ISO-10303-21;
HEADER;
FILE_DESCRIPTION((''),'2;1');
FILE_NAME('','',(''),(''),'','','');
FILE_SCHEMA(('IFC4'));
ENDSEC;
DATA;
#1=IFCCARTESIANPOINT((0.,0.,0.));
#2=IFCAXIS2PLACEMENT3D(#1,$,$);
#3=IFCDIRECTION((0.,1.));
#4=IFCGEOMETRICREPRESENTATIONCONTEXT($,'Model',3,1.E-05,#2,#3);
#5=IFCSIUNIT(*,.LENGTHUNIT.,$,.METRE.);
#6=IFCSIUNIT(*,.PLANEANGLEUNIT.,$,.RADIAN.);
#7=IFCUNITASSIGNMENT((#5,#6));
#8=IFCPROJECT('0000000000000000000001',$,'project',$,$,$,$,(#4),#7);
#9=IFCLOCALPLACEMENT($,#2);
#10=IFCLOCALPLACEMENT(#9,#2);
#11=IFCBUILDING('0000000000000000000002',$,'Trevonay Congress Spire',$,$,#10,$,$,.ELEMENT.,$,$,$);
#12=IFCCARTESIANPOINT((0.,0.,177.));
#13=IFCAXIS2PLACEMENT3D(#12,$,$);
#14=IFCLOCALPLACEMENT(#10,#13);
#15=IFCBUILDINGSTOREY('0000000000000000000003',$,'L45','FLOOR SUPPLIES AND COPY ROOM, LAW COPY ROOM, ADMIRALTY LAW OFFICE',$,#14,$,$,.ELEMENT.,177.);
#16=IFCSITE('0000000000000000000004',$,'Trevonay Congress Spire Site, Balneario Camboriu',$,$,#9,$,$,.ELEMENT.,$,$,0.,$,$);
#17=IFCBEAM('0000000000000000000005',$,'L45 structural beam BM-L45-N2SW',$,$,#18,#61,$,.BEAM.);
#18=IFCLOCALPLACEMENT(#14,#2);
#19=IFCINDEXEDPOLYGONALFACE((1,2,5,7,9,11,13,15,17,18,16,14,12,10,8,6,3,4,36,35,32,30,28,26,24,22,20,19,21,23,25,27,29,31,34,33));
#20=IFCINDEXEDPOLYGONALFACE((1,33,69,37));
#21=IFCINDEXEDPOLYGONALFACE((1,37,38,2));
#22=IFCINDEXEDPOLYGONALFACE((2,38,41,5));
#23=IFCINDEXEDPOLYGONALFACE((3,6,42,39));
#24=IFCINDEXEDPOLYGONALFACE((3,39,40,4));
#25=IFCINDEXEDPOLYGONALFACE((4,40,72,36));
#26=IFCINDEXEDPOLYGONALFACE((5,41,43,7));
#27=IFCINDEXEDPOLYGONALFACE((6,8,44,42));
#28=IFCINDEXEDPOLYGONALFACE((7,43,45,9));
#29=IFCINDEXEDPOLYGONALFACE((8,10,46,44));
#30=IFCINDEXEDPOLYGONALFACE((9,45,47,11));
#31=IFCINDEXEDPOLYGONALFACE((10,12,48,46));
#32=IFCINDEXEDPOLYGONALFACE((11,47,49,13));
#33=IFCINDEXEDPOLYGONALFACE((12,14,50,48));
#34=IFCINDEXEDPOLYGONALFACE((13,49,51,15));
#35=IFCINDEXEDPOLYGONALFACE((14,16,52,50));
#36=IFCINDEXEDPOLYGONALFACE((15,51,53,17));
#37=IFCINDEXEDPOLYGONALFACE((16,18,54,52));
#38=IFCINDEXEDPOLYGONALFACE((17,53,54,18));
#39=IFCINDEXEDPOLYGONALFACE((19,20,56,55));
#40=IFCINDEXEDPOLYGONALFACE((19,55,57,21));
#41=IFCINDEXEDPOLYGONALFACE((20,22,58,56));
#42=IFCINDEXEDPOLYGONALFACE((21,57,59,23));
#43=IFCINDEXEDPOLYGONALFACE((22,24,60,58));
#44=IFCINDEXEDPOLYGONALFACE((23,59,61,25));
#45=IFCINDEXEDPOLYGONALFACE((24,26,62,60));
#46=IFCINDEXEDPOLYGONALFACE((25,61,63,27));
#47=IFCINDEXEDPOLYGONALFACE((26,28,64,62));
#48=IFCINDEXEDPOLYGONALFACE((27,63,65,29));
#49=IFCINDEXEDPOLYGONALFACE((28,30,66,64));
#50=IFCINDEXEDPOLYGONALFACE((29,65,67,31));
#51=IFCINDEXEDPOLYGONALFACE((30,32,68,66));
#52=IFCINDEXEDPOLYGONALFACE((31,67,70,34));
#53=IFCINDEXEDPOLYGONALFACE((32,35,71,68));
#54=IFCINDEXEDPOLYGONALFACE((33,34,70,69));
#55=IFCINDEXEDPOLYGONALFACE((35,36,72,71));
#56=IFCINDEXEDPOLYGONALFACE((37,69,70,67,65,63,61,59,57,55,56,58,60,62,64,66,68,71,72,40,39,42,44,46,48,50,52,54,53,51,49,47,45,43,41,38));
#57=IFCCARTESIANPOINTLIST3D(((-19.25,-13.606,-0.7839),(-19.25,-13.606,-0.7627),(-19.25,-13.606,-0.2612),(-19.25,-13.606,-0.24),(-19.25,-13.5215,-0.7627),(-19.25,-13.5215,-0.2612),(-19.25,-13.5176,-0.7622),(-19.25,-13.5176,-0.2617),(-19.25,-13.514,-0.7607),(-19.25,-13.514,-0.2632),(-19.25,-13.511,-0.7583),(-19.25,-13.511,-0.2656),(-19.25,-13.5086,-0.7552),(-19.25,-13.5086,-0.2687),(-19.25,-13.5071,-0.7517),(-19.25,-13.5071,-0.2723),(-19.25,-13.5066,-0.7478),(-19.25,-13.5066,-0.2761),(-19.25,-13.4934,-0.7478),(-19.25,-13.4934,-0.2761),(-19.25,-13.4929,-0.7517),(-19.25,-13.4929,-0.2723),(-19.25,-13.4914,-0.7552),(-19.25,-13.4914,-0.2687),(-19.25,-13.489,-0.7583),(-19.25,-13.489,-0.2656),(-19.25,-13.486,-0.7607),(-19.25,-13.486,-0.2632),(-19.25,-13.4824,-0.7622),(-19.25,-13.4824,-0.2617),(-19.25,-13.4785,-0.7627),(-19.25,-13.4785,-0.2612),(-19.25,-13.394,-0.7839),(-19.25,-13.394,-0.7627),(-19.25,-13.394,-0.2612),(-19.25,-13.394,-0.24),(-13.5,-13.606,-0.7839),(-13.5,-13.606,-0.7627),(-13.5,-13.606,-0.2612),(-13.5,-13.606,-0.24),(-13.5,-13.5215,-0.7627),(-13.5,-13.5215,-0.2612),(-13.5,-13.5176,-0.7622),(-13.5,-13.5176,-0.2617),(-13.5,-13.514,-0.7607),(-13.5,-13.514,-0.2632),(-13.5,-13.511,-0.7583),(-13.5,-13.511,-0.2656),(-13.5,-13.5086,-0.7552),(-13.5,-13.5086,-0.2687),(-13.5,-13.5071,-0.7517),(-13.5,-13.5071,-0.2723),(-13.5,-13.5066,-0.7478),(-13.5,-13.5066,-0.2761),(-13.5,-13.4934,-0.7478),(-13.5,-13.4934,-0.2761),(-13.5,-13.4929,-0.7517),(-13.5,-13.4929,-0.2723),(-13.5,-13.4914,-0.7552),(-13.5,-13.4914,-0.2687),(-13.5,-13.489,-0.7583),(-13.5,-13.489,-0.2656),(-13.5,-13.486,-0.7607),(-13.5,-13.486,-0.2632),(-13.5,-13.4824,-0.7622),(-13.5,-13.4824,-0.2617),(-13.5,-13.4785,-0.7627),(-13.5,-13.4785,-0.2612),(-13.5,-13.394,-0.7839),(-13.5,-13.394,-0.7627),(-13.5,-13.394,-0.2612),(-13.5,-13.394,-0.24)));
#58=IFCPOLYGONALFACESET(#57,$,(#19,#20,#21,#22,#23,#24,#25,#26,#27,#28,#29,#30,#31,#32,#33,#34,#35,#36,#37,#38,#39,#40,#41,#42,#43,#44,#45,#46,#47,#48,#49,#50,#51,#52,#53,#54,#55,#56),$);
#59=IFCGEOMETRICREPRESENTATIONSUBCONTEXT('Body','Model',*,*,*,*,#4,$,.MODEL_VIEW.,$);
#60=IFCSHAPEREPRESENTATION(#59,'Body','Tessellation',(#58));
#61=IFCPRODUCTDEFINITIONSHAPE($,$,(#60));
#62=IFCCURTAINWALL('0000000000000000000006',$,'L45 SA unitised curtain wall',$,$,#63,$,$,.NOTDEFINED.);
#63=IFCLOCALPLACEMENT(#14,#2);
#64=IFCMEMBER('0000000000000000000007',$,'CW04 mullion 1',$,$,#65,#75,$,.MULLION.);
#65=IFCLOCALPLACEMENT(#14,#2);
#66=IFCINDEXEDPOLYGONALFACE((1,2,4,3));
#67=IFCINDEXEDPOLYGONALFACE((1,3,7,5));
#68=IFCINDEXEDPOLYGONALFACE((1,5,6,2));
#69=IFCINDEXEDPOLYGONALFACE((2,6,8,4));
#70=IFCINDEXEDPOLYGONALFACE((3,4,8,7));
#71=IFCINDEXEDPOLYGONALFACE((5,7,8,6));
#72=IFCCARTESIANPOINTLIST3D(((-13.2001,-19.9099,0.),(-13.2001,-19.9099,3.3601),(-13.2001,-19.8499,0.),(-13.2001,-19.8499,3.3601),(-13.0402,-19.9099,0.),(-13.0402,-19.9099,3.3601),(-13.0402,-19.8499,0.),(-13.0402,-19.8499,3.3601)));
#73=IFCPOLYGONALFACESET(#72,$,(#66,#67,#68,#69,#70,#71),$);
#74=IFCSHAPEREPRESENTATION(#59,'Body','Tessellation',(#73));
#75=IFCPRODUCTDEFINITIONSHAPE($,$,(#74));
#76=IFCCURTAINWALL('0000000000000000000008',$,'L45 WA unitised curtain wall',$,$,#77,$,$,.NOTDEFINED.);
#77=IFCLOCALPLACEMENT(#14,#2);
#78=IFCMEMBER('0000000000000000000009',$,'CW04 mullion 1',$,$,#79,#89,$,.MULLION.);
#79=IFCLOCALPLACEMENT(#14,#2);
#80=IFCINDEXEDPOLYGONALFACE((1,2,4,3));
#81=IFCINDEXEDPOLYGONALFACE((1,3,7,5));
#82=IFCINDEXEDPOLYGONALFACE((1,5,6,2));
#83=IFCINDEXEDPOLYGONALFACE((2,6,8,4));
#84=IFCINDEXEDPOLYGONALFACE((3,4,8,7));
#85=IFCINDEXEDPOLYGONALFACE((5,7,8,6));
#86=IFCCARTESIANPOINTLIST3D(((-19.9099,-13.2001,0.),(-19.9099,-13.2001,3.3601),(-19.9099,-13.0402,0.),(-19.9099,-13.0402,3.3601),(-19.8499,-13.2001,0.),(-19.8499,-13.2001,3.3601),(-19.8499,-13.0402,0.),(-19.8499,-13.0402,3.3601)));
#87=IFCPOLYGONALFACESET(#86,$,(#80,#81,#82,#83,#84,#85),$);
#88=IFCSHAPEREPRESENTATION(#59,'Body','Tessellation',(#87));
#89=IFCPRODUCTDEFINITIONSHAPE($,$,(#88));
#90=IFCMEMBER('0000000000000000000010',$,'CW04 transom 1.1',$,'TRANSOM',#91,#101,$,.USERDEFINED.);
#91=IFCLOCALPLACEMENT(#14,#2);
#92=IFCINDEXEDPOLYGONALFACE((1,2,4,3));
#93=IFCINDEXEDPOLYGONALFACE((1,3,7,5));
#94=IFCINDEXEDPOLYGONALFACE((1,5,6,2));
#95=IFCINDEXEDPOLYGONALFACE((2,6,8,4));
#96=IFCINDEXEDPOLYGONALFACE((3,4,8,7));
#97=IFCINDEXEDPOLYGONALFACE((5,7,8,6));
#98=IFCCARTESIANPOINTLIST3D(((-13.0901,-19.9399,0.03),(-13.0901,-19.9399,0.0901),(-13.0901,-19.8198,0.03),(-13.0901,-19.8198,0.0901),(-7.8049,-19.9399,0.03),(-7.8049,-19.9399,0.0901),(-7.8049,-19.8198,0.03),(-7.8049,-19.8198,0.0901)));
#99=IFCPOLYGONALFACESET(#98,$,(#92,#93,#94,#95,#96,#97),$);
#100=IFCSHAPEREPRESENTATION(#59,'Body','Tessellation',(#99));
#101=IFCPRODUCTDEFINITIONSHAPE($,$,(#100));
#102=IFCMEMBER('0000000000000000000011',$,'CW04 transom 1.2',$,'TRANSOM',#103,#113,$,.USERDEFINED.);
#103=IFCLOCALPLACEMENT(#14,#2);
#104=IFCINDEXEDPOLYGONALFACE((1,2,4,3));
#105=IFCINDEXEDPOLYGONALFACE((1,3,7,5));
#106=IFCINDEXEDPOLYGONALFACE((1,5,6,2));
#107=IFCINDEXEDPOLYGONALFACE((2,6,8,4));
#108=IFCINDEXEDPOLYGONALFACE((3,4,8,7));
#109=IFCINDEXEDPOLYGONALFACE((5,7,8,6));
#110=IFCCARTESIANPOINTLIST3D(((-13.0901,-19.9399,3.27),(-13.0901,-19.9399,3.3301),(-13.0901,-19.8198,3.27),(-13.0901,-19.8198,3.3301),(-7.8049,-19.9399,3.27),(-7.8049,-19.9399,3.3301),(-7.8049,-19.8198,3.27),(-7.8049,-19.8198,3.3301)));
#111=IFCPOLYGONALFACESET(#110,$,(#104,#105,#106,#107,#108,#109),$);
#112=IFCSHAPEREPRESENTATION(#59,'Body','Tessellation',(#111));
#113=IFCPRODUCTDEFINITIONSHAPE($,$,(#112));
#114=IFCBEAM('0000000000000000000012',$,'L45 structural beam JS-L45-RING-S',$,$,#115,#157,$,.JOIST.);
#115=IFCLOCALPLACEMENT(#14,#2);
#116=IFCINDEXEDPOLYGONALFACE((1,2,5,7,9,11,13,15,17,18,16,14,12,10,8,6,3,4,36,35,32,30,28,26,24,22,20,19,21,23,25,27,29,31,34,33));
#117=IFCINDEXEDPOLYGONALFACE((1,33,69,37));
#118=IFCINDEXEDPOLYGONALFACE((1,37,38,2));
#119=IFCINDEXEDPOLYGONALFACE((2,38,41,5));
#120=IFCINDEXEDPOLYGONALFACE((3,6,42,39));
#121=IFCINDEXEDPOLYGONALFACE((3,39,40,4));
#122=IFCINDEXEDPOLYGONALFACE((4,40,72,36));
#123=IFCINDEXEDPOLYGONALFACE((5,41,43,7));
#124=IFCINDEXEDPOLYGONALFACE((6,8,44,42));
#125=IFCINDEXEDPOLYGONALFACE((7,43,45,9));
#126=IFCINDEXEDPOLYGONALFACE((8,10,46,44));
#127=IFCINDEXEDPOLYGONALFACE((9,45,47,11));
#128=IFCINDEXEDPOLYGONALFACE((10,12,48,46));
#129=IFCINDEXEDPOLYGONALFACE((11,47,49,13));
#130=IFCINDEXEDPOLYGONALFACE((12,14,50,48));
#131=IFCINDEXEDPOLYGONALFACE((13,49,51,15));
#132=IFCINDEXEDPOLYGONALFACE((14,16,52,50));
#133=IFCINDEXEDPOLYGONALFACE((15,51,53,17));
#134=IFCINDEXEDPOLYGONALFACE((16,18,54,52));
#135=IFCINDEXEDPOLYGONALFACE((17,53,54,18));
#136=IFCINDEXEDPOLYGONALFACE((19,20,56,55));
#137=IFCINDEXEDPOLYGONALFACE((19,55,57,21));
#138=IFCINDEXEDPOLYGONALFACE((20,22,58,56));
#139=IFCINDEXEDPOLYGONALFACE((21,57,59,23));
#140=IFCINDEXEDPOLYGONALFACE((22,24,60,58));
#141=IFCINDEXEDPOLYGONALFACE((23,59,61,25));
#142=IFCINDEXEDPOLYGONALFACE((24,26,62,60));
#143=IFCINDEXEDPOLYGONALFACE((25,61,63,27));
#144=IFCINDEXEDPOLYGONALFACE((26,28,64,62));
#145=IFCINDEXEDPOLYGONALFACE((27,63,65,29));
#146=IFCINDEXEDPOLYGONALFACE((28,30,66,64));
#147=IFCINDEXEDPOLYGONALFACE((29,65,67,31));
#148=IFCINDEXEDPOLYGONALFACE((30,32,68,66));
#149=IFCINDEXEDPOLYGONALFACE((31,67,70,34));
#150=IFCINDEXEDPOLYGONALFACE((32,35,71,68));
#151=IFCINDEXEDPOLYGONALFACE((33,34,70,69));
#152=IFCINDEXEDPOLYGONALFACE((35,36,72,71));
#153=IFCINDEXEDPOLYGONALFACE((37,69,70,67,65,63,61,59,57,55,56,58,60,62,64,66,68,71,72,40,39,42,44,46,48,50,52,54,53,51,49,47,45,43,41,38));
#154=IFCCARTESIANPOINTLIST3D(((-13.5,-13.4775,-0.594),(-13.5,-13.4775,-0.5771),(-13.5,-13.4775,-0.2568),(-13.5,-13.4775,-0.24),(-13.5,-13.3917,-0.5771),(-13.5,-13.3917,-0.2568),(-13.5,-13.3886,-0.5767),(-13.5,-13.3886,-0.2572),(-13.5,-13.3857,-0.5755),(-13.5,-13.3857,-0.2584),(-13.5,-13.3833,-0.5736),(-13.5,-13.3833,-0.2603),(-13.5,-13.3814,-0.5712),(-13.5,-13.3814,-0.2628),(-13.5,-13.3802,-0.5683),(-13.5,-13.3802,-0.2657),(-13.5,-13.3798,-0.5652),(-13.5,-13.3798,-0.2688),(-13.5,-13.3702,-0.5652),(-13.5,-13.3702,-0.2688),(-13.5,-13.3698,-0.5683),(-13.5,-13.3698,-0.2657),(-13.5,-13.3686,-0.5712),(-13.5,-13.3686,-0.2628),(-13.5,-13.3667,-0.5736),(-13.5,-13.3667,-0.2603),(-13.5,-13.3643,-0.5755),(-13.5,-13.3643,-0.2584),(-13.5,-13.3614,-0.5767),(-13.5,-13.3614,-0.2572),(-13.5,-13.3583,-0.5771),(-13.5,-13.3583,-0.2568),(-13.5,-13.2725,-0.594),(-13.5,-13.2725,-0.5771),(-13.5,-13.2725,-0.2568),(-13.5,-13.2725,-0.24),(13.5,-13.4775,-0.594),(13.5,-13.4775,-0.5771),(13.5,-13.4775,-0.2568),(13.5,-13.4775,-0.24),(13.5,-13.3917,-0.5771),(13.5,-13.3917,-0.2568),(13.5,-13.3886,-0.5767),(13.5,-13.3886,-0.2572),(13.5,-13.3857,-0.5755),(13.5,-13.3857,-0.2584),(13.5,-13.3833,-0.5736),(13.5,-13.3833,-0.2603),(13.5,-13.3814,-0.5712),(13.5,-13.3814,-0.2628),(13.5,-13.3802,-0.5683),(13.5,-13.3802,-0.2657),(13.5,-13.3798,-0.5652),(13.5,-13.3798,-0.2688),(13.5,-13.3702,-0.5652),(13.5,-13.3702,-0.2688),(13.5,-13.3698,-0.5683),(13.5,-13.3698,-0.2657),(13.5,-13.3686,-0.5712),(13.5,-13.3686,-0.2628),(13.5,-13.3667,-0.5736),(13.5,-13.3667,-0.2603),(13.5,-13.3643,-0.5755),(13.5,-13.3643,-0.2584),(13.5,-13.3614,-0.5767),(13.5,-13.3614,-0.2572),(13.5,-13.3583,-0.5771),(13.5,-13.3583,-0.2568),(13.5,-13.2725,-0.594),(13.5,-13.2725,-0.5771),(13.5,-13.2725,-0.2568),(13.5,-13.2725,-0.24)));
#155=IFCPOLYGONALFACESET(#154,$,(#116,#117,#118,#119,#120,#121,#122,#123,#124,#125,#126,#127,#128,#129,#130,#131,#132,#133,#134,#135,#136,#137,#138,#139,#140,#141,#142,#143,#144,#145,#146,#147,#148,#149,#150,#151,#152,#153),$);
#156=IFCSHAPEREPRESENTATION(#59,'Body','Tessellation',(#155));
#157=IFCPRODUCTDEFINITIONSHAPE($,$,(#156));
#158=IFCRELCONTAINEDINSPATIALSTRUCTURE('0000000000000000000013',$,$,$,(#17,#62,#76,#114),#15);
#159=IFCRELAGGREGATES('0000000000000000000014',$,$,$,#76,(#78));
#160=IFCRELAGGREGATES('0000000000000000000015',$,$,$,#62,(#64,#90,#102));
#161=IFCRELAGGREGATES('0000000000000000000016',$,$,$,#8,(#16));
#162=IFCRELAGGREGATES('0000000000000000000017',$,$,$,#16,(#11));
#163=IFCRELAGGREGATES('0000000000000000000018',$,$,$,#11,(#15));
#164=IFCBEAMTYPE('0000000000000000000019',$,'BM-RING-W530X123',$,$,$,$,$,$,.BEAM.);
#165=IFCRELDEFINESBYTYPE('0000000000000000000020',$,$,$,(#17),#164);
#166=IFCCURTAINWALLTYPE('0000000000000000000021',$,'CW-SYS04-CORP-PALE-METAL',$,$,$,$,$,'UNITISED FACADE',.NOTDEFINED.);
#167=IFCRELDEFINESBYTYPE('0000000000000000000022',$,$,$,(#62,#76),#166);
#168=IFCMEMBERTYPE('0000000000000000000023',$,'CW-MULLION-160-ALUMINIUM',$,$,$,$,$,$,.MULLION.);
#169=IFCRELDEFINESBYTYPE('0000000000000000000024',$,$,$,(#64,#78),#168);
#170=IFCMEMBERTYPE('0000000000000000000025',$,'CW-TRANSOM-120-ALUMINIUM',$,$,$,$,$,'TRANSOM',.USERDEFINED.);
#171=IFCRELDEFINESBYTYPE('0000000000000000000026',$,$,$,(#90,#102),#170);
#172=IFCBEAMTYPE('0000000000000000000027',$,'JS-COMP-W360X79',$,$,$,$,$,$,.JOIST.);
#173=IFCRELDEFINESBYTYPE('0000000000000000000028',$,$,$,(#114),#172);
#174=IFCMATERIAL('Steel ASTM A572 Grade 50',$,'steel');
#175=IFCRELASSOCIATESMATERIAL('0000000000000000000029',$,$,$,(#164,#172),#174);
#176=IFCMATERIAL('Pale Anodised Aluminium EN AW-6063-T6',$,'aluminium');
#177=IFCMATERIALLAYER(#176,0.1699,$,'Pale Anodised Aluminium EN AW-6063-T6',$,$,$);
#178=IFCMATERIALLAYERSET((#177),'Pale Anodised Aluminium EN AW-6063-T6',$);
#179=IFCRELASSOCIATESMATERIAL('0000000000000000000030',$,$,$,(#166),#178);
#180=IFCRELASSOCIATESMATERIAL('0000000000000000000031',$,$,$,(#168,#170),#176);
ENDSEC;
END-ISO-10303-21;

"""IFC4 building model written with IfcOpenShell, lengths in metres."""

from ifc_helpers import new_model, si_unit, direction, frame, origin, origin_2d, place, context, subcontext, project, spatial, rectangle, i_section, extrude, material, layer, layer_set, material_profile, profile_set, type_object, element, aggregate, save


model = new_model("IFC4")

# Units and contexts
model_context = context("Model", 3, precision=1e-05, world=origin(), true_north=direction((0.0, 1.0)))
body_context = subcontext(model_context, "Body", "Model", "MODEL_VIEW")
ifc_project = project(units=[si_unit("LENGTHUNIT", "METRE"), si_unit("PLANEANGLEUNIT", "RADIAN")], contexts=[model_context])

# Site, building, storey
site_placement = place(None, origin())
site = spatial("IfcSite", under=ifc_project, at=site_placement, Name="Trevonay Congress Spire Site, Balneario Camboriu", CompositionType="ELEMENT", RefElevation=0.0)
building_placement = place(site_placement, origin())
building = spatial("IfcBuilding", under=site, at=building_placement, Name="Trevonay Congress Spire", CompositionType="ELEMENT")
storey_placement = place(building_placement, frame((0.0, 0.0, 177.0)))
storey = spatial("IfcBuildingStorey", under=building, at=storey_placement, Name="L45", Description="FLOOR SUPPLIES AND COPY ROOM, LAW COPY ROOM, ADMIRALTY LAW OFFICE", CompositionType="ELEMENT", Elevation=177.0)

# Shared definitions
ifc_material_1 = material(Name="Steel ASTM A572 Grade 50", Category="steel")

# Beam
ifc_material_profile_1 = material_profile(ifc_material_1, i_section(OverallWidth=0.2119, OverallDepth=0.5439, WebThickness=0.0132, FlangeThickness=0.0212, FilletRadius=0.0149, at=origin_2d()), Name="W530x123")
ifc_profile_set_1 = profile_set([ifc_material_profile_1], Name="Steel ASTM A572 Grade 50")
beam_type_1 = type_object("IfcBeamType", Name="BM-RING-W530X123", PredefinedType="BEAM", material=ifc_profile_set_1)
for number, where, z_axis, x_axis, name in (
    (1, (-19.25, -13.5, -0.512), (1.0, 0.0, 0.0), (0.0, 1.0, 0.0), "L45 structural beam BM-L45-N2SW"),
):
    element("IfcBeam", number, at=place(storey_placement, frame(where, z_axis=z_axis, x_axis=x_axis)), inside=storey, type_object=beam_type_1, Name=name, PredefinedType="BEAM", context=body_context, shape_type="SweptSolid", body=[
        extrude(i_section(OverallWidth=0.2119, OverallDepth=0.5439, WebThickness=0.0132, FlangeThickness=0.0212, FilletRadius=0.0149, at=origin_2d()), origin(), (0.0, 0.0, 1.0), 5.75),
    ])

# Curtain walls, members
ifc_material_2 = material(Name="Pale Anodised Aluminium EN AW-6063-T6", Category="aluminium")
ifc_layer_1 = layer(ifc_material_2, 0.1699, Name="Pale Anodised Aluminium EN AW-6063-T6")
ifc_layer_set_1 = layer_set([ifc_layer_1], Name="Pale Anodised Aluminium EN AW-6063-T6")
curtain_wall_type = type_object("IfcCurtainWallType", Name="CW-SYS04-CORP-PALE-METAL", ElementType="UNITISED FACADE", PredefinedType="NOTDEFINED", material=ifc_layer_set_1)
curtain_wall_1_placement = place(storey_placement, origin())
curtain_wall_1 = element("IfcCurtainWall", 2, at=curtain_wall_1_placement, inside=storey, type_object=curtain_wall_type, Name="L45 SA unitised curtain wall", PredefinedType="NOTDEFINED")
ifc_material_profile_2 = material_profile(ifc_material_2, rectangle(XDim=0.0601, YDim=0.1599, at=origin_2d()), Name="CW-MULLION-160-ALUMINIUM")
ifc_profile_set_2 = profile_set([ifc_material_profile_2], Name="Pale Anodised Aluminium EN AW-6063-T6")
member_type_1 = type_object("IfcMemberType", Name="CW-MULLION-160-ALUMINIUM", PredefinedType="MULLION", material=ifc_profile_set_2)
member_1_placement = place(storey_placement, frame((-13.1201, -19.8799, 0.0), z_axis=(0.0, 0.0, 1.0), x_axis=(0.0, 1.0, 0.0)))
member_1 = element("IfcMember", 3, at=member_1_placement, type_object=member_type_1, Name="CW04 mullion 1", PredefinedType="MULLION", context=body_context, shape_type="SweptSolid", body=[
    extrude(rectangle(XDim=0.0601, YDim=0.1599, at=origin_2d()), origin(), (0.0, 0.0, 1.0), 3.3601),
])
curtain_wall_2_placement = place(storey_placement, origin())
curtain_wall_2 = element("IfcCurtainWall", 4, at=curtain_wall_2_placement, inside=storey, type_object=curtain_wall_type, Name="L45 WA unitised curtain wall", PredefinedType="NOTDEFINED")
member_2_placement = place(storey_placement, frame((-19.8799, -13.1201, 0.0), z_axis=(0.0, 0.0, 1.0), x_axis=(-1.0, 0.0, 0.0)))
member_2 = element("IfcMember", 5, at=member_2_placement, type_object=member_type_1, Name="CW04 mullion 1", PredefinedType="MULLION", context=body_context, shape_type="SweptSolid", body=[
    extrude(rectangle(XDim=0.0601, YDim=0.1599, at=origin_2d()), origin(), (0.0, 0.0, 1.0), 3.3601),
])
aggregate(curtain_wall_2, [member_2])

# Members
ifc_material_profile_3 = material_profile(ifc_material_2, rectangle(XDim=0.1201, YDim=0.0601, at=origin_2d()), Name="CW-TRANSOM-120-ALUMINIUM")
ifc_profile_set_3 = profile_set([ifc_material_profile_3], Name="Pale Anodised Aluminium EN AW-6063-T6")
member_type_2 = type_object("IfcMemberType", Name="CW-TRANSOM-120-ALUMINIUM", ElementType="TRANSOM", PredefinedType="USERDEFINED", material=ifc_profile_set_3)
member_3_placement = place(storey_placement, frame((-13.0901, -19.8799, 0.0601), z_axis=(1.0, 0.0, 0.0), x_axis=(0.0, 1.0, 0.0)))
member_3 = element("IfcMember", 6, at=member_3_placement, type_object=member_type_2, Name="CW04 transom 1.1", ObjectType="TRANSOM", PredefinedType="USERDEFINED", context=body_context, shape_type="SweptSolid", body=[
    extrude(rectangle(XDim=0.1201, YDim=0.0601, at=origin_2d()), origin(), (0.0, 0.0, 1.0), 5.2852),
])
member_4_placement = place(storey_placement, frame((-13.0901, -19.8799, 3.3), z_axis=(1.0, 0.0, 0.0), x_axis=(0.0, 1.0, 0.0)))
member_4 = element("IfcMember", 7, at=member_4_placement, type_object=member_type_2, Name="CW04 transom 1.2", ObjectType="TRANSOM", PredefinedType="USERDEFINED", context=body_context, shape_type="SweptSolid", body=[
    extrude(rectangle(XDim=0.1201, YDim=0.0601, at=origin_2d()), origin(), (0.0, 0.0, 1.0), 5.2852),
])

# Beam
ifc_material_profile_4 = material_profile(ifc_material_1, i_section(OverallWidth=0.2051, OverallDepth=0.354, WebThickness=0.0095, FlangeThickness=0.0168, FilletRadius=0.012, at=origin_2d()), Name="W360x79")
ifc_profile_set_4 = profile_set([ifc_material_profile_4], Name="Steel ASTM A572 Grade 50")
beam_type_2 = type_object("IfcBeamType", Name="JS-COMP-W360X79", PredefinedType="JOIST", material=ifc_profile_set_4)
for number, where, z_axis, x_axis, name in (
    (8, (-13.5, -13.375, -0.417), (1.0, 0.0, 0.0), (0.0, 1.0, 0.0), "L45 structural beam JS-L45-RING-S"),
):
    element("IfcBeam", number, at=place(storey_placement, frame(where, z_axis=z_axis, x_axis=x_axis)), inside=storey, type_object=beam_type_2, Name=name, PredefinedType="JOIST", context=body_context, shape_type="SweptSolid", body=[
        extrude(i_section(OverallWidth=0.2051, OverallDepth=0.354, WebThickness=0.0095, FlangeThickness=0.0168, FilletRadius=0.012, at=origin_2d()), origin(), (0.0, 0.0, 1.0), 27.0),
    ])

aggregate(curtain_wall_1, [member_1, member_3, member_4])

save(model, "model.ifc")
